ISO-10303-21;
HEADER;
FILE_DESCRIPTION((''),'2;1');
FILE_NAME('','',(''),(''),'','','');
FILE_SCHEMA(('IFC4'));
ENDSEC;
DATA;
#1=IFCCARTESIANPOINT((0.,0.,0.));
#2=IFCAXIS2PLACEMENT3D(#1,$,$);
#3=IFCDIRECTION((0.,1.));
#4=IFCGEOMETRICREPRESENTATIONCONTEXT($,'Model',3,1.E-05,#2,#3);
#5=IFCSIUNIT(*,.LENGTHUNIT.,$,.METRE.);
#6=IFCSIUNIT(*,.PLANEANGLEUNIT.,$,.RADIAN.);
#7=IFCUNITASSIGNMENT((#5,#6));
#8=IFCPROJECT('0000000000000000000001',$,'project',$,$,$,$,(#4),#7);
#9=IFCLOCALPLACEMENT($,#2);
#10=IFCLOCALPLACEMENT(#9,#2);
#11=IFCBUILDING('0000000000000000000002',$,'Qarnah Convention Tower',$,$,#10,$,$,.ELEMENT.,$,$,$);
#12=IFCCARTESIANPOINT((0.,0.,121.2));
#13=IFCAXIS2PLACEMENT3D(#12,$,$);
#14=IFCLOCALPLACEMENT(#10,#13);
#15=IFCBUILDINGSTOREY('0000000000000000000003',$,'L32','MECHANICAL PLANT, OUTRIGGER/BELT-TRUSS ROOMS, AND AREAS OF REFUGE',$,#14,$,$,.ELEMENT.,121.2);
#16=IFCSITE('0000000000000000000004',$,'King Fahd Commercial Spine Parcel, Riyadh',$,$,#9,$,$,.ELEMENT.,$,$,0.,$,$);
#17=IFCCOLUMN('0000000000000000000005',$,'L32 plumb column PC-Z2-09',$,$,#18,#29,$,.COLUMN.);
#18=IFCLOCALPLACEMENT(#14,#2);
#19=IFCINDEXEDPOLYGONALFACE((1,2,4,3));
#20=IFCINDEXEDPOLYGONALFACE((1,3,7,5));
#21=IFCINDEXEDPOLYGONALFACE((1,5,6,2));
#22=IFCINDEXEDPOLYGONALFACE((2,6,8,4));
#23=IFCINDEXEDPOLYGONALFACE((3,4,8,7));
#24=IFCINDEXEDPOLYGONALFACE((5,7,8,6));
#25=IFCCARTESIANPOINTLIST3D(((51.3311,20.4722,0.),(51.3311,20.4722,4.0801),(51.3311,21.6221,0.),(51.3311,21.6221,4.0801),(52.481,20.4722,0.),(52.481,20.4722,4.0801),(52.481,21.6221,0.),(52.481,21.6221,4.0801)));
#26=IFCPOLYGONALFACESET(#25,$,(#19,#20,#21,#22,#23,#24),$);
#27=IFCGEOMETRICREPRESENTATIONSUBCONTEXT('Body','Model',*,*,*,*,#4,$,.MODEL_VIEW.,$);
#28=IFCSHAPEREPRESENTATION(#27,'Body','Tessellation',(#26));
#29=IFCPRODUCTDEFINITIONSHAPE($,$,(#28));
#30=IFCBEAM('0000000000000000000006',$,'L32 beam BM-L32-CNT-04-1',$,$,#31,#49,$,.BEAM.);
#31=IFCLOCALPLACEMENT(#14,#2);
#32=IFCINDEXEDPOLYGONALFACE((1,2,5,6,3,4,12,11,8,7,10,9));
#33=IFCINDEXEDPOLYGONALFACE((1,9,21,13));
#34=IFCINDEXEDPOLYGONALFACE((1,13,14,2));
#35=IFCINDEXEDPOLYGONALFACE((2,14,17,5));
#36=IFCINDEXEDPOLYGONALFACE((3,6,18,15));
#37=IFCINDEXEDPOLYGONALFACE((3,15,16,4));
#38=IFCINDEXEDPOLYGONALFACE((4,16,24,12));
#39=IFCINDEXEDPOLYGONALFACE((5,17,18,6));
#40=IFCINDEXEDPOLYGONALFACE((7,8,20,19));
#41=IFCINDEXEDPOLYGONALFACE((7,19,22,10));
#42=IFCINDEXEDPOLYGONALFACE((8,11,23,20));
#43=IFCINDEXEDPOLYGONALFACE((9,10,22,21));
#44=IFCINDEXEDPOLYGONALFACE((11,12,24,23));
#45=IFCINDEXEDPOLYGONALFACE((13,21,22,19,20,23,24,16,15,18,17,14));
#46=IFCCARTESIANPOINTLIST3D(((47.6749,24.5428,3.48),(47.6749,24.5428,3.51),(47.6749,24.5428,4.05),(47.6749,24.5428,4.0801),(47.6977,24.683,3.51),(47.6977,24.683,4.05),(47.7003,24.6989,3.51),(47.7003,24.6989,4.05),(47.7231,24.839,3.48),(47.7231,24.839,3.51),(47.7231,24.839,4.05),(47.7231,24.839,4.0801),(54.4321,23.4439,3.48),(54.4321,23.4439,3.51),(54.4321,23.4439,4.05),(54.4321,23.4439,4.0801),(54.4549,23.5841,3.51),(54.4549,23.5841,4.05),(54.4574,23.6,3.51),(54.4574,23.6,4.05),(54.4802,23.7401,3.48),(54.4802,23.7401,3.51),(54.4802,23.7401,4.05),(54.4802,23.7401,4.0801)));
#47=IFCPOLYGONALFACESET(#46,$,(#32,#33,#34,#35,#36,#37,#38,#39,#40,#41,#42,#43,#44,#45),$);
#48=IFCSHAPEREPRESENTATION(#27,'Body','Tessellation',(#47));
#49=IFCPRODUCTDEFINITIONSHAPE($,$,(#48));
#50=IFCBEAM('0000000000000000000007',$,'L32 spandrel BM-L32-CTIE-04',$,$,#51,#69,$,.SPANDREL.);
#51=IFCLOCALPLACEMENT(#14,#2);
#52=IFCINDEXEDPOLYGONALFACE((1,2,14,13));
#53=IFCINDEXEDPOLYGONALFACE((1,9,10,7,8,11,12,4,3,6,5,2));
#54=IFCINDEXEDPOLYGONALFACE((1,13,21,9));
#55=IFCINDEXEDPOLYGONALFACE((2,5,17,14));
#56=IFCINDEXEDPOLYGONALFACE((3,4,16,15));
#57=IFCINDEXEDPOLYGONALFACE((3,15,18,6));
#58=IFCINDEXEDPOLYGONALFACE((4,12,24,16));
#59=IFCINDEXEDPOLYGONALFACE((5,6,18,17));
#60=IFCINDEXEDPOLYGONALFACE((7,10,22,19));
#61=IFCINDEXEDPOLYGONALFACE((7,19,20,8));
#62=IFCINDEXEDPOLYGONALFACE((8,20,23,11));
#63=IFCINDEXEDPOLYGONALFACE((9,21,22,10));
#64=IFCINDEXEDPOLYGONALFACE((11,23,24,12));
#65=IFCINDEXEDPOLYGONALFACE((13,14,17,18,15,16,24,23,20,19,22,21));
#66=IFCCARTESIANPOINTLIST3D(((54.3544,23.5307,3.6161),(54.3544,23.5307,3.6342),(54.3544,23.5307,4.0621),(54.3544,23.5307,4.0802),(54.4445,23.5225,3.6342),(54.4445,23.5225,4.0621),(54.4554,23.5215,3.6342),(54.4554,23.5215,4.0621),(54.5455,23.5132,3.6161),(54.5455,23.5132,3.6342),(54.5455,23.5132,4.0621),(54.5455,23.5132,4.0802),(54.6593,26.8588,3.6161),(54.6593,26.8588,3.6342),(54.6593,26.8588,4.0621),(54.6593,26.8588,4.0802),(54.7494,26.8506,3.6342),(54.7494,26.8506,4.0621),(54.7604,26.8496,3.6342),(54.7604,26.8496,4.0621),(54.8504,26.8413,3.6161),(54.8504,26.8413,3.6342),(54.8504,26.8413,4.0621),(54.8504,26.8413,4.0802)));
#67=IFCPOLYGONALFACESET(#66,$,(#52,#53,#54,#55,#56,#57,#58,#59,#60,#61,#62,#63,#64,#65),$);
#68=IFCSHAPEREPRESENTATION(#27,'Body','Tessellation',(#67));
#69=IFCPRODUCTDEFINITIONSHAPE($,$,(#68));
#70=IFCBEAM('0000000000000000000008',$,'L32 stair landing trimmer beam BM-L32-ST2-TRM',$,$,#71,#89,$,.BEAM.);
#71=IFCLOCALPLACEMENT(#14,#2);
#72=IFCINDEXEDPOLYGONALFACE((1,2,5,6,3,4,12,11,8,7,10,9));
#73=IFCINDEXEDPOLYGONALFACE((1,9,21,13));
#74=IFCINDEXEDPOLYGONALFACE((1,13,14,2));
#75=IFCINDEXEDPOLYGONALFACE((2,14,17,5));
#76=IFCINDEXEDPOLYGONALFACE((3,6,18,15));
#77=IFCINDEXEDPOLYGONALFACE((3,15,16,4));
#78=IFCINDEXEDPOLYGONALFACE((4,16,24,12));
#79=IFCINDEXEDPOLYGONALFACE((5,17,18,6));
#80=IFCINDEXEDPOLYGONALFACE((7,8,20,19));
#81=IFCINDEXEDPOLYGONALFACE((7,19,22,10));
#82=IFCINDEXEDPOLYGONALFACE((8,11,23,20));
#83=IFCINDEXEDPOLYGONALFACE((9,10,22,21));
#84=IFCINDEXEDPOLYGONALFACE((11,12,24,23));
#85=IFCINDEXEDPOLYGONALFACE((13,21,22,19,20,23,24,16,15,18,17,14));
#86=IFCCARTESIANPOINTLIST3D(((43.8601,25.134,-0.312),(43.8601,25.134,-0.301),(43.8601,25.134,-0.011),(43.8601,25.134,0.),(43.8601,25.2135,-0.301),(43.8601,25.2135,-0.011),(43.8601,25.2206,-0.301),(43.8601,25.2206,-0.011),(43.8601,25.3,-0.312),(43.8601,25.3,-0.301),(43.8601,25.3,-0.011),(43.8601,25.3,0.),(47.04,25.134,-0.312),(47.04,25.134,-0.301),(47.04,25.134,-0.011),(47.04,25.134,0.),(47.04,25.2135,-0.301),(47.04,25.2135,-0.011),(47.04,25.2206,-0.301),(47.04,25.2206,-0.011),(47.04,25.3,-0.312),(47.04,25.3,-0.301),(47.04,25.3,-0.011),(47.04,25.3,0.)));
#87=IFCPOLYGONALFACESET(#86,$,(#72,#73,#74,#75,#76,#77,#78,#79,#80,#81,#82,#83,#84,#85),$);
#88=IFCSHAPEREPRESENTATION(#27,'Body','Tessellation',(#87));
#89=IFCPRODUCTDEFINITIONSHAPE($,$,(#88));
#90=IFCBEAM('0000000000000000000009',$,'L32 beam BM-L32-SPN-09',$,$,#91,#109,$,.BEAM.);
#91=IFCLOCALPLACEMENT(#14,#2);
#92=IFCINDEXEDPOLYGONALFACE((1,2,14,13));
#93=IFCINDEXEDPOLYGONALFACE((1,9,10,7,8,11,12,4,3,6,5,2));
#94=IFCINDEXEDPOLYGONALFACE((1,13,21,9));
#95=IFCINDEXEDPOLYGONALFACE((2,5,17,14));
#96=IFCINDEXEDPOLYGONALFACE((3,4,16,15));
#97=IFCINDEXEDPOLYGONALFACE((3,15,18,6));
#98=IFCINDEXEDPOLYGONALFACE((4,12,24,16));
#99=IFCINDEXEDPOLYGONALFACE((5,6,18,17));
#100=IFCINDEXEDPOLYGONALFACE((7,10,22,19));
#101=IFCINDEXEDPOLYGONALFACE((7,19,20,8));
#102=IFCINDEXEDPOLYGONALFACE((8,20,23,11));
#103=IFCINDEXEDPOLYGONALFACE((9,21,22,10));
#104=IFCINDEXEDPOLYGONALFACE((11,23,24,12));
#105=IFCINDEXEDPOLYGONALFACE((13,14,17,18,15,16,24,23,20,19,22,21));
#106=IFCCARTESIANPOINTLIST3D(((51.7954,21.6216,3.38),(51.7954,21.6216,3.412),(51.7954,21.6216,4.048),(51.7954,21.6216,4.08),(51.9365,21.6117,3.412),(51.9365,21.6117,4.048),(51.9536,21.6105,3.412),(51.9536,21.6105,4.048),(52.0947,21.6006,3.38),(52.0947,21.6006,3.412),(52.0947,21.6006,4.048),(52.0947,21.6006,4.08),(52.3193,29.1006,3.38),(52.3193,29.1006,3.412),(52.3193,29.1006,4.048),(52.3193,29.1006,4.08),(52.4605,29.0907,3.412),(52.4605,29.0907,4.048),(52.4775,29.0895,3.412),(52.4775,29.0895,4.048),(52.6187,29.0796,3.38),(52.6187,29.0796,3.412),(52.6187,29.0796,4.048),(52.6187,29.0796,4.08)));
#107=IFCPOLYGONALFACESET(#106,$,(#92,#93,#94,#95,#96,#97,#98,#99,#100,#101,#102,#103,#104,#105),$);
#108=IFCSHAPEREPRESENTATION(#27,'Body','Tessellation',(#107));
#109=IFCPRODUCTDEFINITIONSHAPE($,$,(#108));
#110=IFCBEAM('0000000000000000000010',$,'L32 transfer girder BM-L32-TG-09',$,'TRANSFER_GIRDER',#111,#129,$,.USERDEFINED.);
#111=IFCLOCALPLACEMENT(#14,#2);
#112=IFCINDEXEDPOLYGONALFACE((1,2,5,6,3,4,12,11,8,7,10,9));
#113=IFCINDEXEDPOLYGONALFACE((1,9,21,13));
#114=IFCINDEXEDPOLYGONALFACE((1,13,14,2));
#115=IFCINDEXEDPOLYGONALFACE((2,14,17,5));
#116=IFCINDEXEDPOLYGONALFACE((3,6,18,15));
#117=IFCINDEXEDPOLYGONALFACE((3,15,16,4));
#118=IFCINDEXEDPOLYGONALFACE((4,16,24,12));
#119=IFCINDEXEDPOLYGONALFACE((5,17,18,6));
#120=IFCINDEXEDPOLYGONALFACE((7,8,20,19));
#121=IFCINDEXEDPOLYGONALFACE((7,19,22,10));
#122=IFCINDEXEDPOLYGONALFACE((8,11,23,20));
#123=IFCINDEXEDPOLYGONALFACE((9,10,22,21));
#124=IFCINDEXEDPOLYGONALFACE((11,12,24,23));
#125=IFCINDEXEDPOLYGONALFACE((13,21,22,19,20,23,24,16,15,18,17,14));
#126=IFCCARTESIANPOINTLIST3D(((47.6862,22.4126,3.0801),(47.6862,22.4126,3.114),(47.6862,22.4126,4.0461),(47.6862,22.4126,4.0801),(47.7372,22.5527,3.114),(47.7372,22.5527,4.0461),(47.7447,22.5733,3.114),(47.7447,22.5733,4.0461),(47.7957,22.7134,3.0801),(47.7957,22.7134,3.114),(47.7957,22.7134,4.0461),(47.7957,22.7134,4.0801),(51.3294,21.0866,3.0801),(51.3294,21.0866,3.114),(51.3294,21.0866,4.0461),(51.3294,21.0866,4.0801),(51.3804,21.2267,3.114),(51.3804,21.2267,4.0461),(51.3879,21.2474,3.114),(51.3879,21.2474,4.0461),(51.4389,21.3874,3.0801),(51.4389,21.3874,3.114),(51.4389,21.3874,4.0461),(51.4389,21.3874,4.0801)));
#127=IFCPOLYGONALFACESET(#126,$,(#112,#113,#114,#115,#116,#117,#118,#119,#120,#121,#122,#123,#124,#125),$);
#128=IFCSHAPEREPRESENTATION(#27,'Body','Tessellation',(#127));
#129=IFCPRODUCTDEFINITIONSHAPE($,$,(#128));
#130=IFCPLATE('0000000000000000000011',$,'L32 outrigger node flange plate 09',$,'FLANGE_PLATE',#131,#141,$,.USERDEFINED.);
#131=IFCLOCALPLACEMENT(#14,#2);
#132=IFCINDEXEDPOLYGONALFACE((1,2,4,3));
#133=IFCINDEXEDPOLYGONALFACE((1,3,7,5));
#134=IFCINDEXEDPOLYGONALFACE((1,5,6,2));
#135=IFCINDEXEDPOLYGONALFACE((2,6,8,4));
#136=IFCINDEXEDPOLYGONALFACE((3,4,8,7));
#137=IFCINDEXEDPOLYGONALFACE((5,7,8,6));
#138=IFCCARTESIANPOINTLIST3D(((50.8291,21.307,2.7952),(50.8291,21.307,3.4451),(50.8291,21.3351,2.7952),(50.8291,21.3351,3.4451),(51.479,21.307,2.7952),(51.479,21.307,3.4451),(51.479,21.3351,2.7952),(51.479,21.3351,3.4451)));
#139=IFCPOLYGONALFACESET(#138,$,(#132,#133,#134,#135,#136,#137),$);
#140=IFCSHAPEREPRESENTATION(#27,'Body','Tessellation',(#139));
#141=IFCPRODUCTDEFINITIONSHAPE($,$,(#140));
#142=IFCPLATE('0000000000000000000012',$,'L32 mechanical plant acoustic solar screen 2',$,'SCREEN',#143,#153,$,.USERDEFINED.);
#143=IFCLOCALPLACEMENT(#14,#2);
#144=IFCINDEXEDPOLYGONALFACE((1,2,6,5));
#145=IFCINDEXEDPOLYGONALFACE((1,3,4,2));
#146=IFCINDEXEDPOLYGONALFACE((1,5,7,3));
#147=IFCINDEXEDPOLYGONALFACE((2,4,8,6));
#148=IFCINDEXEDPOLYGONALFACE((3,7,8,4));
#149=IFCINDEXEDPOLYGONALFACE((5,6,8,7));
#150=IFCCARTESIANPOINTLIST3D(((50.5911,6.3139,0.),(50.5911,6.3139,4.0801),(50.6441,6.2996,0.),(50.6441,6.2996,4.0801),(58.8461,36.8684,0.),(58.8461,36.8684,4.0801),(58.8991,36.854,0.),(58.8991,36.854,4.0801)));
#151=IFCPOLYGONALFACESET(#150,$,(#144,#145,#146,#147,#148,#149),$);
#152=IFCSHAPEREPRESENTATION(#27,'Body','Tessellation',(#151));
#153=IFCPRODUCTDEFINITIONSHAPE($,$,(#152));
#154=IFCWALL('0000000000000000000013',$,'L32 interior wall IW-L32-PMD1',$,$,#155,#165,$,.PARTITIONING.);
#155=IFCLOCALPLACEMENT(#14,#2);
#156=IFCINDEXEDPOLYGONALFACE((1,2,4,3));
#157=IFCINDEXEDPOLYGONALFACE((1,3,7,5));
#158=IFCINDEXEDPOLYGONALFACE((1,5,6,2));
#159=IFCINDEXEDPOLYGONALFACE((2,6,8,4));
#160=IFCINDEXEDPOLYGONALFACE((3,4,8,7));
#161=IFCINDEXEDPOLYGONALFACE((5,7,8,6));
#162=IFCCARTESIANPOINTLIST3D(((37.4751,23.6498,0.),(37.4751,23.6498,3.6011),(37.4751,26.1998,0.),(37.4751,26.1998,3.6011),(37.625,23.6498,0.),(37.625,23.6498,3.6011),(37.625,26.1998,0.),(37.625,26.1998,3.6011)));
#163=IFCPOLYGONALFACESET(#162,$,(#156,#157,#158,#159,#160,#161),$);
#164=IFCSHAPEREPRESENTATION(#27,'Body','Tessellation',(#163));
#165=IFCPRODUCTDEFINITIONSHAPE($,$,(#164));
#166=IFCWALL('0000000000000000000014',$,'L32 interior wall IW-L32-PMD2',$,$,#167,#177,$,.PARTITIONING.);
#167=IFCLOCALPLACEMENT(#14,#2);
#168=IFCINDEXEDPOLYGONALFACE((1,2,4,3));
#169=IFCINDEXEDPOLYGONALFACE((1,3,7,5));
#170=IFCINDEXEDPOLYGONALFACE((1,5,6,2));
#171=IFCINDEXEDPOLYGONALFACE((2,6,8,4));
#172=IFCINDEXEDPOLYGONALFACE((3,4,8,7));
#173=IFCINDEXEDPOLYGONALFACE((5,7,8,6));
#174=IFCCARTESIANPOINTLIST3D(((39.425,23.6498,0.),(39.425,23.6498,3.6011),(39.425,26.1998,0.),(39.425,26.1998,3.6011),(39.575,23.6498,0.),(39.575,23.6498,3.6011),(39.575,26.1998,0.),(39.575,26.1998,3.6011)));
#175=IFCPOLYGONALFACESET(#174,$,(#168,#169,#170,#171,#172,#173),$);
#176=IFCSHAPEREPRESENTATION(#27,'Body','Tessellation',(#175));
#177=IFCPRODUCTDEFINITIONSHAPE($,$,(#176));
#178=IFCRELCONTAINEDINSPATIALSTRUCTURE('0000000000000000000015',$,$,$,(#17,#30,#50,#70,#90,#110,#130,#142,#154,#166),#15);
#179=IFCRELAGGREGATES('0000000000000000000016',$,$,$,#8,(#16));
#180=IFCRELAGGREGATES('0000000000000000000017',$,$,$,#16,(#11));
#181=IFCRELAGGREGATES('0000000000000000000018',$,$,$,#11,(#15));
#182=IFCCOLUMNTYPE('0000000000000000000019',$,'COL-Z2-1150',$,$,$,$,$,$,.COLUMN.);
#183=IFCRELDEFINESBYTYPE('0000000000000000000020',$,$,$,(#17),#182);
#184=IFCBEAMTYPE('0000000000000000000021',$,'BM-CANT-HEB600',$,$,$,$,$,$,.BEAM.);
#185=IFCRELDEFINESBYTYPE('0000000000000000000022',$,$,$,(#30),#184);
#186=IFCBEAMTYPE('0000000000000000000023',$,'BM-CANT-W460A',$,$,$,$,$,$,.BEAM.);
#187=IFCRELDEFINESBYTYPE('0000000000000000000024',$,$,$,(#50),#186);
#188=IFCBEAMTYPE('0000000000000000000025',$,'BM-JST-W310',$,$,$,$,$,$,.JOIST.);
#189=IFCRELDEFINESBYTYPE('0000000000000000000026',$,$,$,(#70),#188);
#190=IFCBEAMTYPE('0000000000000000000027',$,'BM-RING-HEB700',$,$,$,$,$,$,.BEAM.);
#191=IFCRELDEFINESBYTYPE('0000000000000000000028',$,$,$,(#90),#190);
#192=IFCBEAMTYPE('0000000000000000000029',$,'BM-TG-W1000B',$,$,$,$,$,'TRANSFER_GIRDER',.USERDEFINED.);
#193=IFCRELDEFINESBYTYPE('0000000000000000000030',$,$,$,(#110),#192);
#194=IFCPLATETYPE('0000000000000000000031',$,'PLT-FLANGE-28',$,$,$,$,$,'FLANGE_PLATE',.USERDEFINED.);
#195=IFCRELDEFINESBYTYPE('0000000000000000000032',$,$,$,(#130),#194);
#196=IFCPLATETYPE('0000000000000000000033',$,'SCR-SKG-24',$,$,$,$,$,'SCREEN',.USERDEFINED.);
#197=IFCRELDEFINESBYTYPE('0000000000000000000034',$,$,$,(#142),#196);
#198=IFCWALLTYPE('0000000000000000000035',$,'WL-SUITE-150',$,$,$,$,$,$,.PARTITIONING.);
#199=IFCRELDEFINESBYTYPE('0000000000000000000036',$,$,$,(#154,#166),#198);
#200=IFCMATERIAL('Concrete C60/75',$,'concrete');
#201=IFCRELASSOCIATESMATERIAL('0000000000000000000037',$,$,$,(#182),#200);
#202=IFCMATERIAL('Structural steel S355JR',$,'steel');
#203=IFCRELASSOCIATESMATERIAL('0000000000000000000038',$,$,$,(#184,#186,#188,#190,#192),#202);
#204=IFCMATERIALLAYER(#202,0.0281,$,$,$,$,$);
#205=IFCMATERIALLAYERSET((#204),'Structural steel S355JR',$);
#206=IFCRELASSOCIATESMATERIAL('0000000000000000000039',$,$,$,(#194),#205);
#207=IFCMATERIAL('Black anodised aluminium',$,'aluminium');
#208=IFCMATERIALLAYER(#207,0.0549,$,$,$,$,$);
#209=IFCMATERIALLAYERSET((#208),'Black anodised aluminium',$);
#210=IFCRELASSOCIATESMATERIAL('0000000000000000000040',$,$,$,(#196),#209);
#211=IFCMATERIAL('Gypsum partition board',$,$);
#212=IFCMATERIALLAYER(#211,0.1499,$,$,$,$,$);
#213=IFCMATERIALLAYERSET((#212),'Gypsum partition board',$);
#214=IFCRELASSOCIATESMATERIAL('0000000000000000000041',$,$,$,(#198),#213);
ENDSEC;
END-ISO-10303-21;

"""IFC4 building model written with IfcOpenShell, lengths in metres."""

from ifc_helpers import new_model, si_unit, direction, frame, frame_2d, origin, origin_2d, place, context, subcontext, project, spatial, rectangle, i_section, extrude, material, layer, layer_set, material_profile, profile_set, type_object, element, save


model = new_model("IFC4")

# Units and contexts
model_context = context("Model", 3, precision=1e-05, world=origin(), true_north=direction((0.0, 1.0)))
body_context = subcontext(model_context, "Body", "Model", "MODEL_VIEW")
ifc_project = project(units=[si_unit("LENGTHUNIT", "METRE"), si_unit("PLANEANGLEUNIT", "RADIAN")], contexts=[model_context])

# Site, building, storey
site_placement = place(None, origin())
site = spatial("IfcSite", under=ifc_project, at=site_placement, Name="King Fahd Commercial Spine Parcel, Riyadh", CompositionType="ELEMENT", RefElevation=0.0)
building_placement = place(site_placement, origin())
building = spatial("IfcBuilding", under=site, at=building_placement, Name="Qarnah Convention Tower", CompositionType="ELEMENT")
storey_placement = place(building_placement, frame((0.0, 0.0, 121.2)))
storey = spatial("IfcBuildingStorey", under=building, at=storey_placement, Name="L32", Description="MECHANICAL PLANT, OUTRIGGER/BELT-TRUSS ROOMS, AND AREAS OF REFUGE", CompositionType="ELEMENT", Elevation=121.2)

# Column
ifc_material_1 = material(Name="Concrete C60/75", Category="concrete")
ifc_material_profile_1 = material_profile(ifc_material_1, rectangle(XDim=1.1499, YDim=1.1499, at=origin_2d()), Name="RC-COL-1150X1150")
ifc_profile_set_1 = profile_set([ifc_material_profile_1], Name="Concrete C60/75")
column_type = type_object("IfcColumnType", Name="COL-Z2-1150", PredefinedType="COLUMN", material=ifc_profile_set_1)
column_placement = place(storey_placement, frame((51.906, 21.0471, 0.0), z_axis=(0.0, 0.0, 1.0), x_axis=(1.0, 0.0, 0.0)))
element("IfcColumn", 1, at=column_placement, inside=storey, type_object=column_type, Name="L32 plumb column PC-Z2-09", PredefinedType="COLUMN", context=body_context, shape_type="SweptSolid", body=[
    extrude(rectangle(XDim=1.1499, YDim=1.1499, at=origin_2d()), origin(), (0.0, 0.0, 1.0), 4.0801),
])

# Beams
ifc_material_2 = material(Name="Structural steel S355JR", Category="steel")
ifc_material_profile_2 = material_profile(ifc_material_2, i_section(OverallWidth=0.3, OverallDepth=0.6001, WebThickness=0.0161, FlangeThickness=0.03, at=origin_2d()), Name="HEB600")
ifc_profile_set_2 = profile_set([ifc_material_profile_2], Name="Structural steel S355JR")
beam_type_1 = type_object("IfcBeamType", Name="BM-CANT-HEB600", PredefinedType="BEAM", material=ifc_profile_set_2)
beam_1_placement = place(storey_placement, frame((47.699, 24.6909, 3.78), z_axis=(0.987033, -0.160517, 0.0), x_axis=(0.160517, 0.987033, 0.0)))
element("IfcBeam", 2, at=beam_1_placement, inside=storey, type_object=beam_type_1, Name="L32 beam BM-L32-CNT-04-1", PredefinedType="BEAM", context=body_context, shape_type="SweptSolid", body=[
    extrude(i_section(OverallWidth=0.3, OverallDepth=0.6001, WebThickness=0.0161, FlangeThickness=0.03, at=origin_2d()), origin(), (0.0, 0.0, 1.0), 6.8459),
])
ifc_material_profile_3 = material_profile(ifc_material_2, i_section(OverallWidth=0.1919, OverallDepth=0.4641, WebThickness=0.011, FlangeThickness=0.0181, at=origin_2d()), Name="W460X89")
ifc_profile_set_3 = profile_set([ifc_material_profile_3], Name="Structural steel S355JR")
beam_type_2 = type_object("IfcBeamType", Name="BM-CANT-W460A", PredefinedType="BEAM", material=ifc_profile_set_3)
beam_2_placement = place(storey_placement, frame((54.45, 23.522, 3.8481), z_axis=(0.09124, 0.995829, 0.0), x_axis=(-0.995829, 0.09124, 0.0)))
element("IfcBeam", 3, at=beam_2_placement, inside=storey, type_object=beam_type_2, Name="L32 spandrel BM-L32-CTIE-04", PredefinedType="SPANDREL", context=body_context, shape_type="SweptSolid", body=[
    extrude(i_section(OverallWidth=0.1919, OverallDepth=0.4641, WebThickness=0.011, FlangeThickness=0.0181, at=origin_2d()), origin(), (0.0, 0.0, 1.0), 3.342),
])
ifc_material_profile_4 = material_profile(ifc_material_2, i_section(OverallWidth=0.166, OverallDepth=0.312, WebThickness=0.0071, FlangeThickness=0.011, at=origin_2d()), Name="W310X45")
ifc_profile_set_4 = profile_set([ifc_material_profile_4], Name="Structural steel S355JR")
beam_type_3 = type_object("IfcBeamType", Name="BM-JST-W310", PredefinedType="JOIST", material=ifc_profile_set_4)
beam_3_placement = place(storey_placement, frame((43.8601, 25.217, -0.156), z_axis=(1.0, 0.0, 0.0), x_axis=(0.0, 1.0, 0.0)))
element("IfcBeam", 4, at=beam_3_placement, inside=storey, type_object=beam_type_3, Name="L32 stair landing trimmer beam BM-L32-ST2-TRM", PredefinedType="BEAM", context=body_context, shape_type="SweptSolid", body=[
    extrude(i_section(OverallWidth=0.166, OverallDepth=0.312, WebThickness=0.0071, FlangeThickness=0.011, at=origin_2d()), origin(), (0.0, 0.0, 1.0), 3.1799),
])
ifc_material_profile_5 = material_profile(ifc_material_2, i_section(OverallWidth=0.3, OverallDepth=0.7, WebThickness=0.0171, FlangeThickness=0.032, at=origin_2d()), Name="HEB700")
ifc_profile_set_5 = profile_set([ifc_material_profile_5], Name="Structural steel S355JR")
beam_type_4 = type_object("IfcBeamType", Name="BM-RING-HEB700", PredefinedType="BEAM", material=ifc_profile_set_5)
beam_4_placement = place(storey_placement, frame((51.9451, 21.6111, 3.73), z_axis=(0.069882, 0.997555, 0.0), x_axis=(-0.997555, 0.069882, 0.0)))
element("IfcBeam", 5, at=beam_4_placement, inside=storey, type_object=beam_type_4, Name="L32 beam BM-L32-SPN-09", PredefinedType="BEAM", context=body_context, shape_type="SweptSolid", body=[
    extrude(i_section(OverallWidth=0.3, OverallDepth=0.7, WebThickness=0.0171, FlangeThickness=0.032, at=origin_2d()), origin(), (0.0, 0.0, 1.0), 7.4973),
])
ifc_material_profile_6 = material_profile(ifc_material_2, i_section(OverallWidth=0.3201, OverallDepth=1.0, WebThickness=0.022, FlangeThickness=0.0339, at=origin_2d()), Name="W1000X371")
ifc_profile_set_6 = profile_set([ifc_material_profile_6], Name="Structural steel S355JR")
beam_type_5 = type_object("IfcBeamType", Name="BM-TG-W1000B", ElementType="TRANSFER_GIRDER", PredefinedType="USERDEFINED", material=ifc_profile_set_6)
beam_5_placement = place(storey_placement, frame((47.741, 22.563, 3.5801), z_axis=(0.939696, -0.342011, 0.0), x_axis=(0.342011, 0.939696, 0.0)))
element("IfcBeam", 6, at=beam_5_placement, inside=storey, type_object=beam_type_5, Name="L32 transfer girder BM-L32-TG-09", ObjectType="TRANSFER_GIRDER", PredefinedType="USERDEFINED", context=body_context, shape_type="SweptSolid", body=[
    extrude(i_section(OverallWidth=0.3201, OverallDepth=1.0, WebThickness=0.022, FlangeThickness=0.0339, at=origin_2d()), origin(), (0.0, 0.0, 1.0), 3.877),
])

# Plates
ifc_layer_1 = layer(ifc_material_2, 0.0281)
ifc_layer_set_1 = layer_set([ifc_layer_1], Name="Structural steel S355JR")
plate_type_1 = type_object("IfcPlateType", Name="PLT-FLANGE-28", ElementType="FLANGE_PLATE", PredefinedType="USERDEFINED", material=ifc_layer_set_1)
plate_1_placement = place(storey_placement, frame((51.1541, 21.321, 2.7952), z_axis=(0.0, 0.0, 1.0), x_axis=(1.0, 0.0, 0.0)))
element("IfcPlate", 7, at=plate_1_placement, inside=storey, type_object=plate_type_1, Name="L32 outrigger node flange plate 09", ObjectType="FLANGE_PLATE", PredefinedType="USERDEFINED", context=body_context, shape_type="SweptSolid", body=[
    extrude(rectangle(XDim=0.6499, YDim=0.0281, at=origin_2d()), origin(), (0.0, 0.0, 1.0), 0.6499),
])
ifc_material_3 = material(Name="Black anodised aluminium", Category="aluminium")
ifc_layer_2 = layer(ifc_material_3, 0.0549)
ifc_layer_set_2 = layer_set([ifc_layer_2], Name="Black anodised aluminium")
plate_type_2 = type_object("IfcPlateType", Name="SCR-SKG-24", ElementType="SCREEN", PredefinedType="USERDEFINED", material=ifc_layer_set_2)
plate_2_placement = place(storey_placement, frame((54.7451, 21.584, 0.0), z_axis=(0.0, 0.0, 1.0), x_axis=(-0.260821, -0.965387, 0.0)))
element("IfcPlate", 8, at=plate_2_placement, inside=storey, type_object=plate_type_2, Name="L32 mechanical plant acoustic solar screen 2", ObjectType="SCREEN", PredefinedType="USERDEFINED", context=body_context, shape_type="SweptSolid", body=[
    extrude(rectangle(XDim=31.6499, YDim=0.0549, at=origin_2d()), origin(), (0.0, 0.0, 1.0), 4.0801),
])

# Walls
ifc_material_4 = material(Name="Gypsum partition board")
ifc_layer_3 = layer(ifc_material_4, 0.1499)
ifc_layer_set_3 = layer_set([ifc_layer_3], Name="Gypsum partition board")
wall_type = type_object("IfcWallType", Name="WL-SUITE-150", PredefinedType="PARTITIONING", material=ifc_layer_set_3)
for number, where, z_axis, x_axis, name in (
    (9, (37.55, 23.6499, 0.0), (0.0, 0.0, 1.0), (0.0, 1.0, 0.0), "L32 interior wall IW-L32-PMD1"),
    (10, (39.5, 23.6499, 0.0), (0.0, 0.0, 1.0), (0.0, 1.0, 0.0), "L32 interior wall IW-L32-PMD2"),
):
    element("IfcWall", number, at=place(storey_placement, frame(where, z_axis=z_axis, x_axis=x_axis)), inside=storey, type_object=wall_type, Name=name, PredefinedType="PARTITIONING", context=body_context, shape_type="SweptSolid", body=[
        extrude(rectangle(XDim=2.55, YDim=0.1499, at=frame_2d((1.2749, 0.0))), origin(), (0.0, 0.0, 1.0), 3.6011),
    ])

save(model, "model.ifc")
